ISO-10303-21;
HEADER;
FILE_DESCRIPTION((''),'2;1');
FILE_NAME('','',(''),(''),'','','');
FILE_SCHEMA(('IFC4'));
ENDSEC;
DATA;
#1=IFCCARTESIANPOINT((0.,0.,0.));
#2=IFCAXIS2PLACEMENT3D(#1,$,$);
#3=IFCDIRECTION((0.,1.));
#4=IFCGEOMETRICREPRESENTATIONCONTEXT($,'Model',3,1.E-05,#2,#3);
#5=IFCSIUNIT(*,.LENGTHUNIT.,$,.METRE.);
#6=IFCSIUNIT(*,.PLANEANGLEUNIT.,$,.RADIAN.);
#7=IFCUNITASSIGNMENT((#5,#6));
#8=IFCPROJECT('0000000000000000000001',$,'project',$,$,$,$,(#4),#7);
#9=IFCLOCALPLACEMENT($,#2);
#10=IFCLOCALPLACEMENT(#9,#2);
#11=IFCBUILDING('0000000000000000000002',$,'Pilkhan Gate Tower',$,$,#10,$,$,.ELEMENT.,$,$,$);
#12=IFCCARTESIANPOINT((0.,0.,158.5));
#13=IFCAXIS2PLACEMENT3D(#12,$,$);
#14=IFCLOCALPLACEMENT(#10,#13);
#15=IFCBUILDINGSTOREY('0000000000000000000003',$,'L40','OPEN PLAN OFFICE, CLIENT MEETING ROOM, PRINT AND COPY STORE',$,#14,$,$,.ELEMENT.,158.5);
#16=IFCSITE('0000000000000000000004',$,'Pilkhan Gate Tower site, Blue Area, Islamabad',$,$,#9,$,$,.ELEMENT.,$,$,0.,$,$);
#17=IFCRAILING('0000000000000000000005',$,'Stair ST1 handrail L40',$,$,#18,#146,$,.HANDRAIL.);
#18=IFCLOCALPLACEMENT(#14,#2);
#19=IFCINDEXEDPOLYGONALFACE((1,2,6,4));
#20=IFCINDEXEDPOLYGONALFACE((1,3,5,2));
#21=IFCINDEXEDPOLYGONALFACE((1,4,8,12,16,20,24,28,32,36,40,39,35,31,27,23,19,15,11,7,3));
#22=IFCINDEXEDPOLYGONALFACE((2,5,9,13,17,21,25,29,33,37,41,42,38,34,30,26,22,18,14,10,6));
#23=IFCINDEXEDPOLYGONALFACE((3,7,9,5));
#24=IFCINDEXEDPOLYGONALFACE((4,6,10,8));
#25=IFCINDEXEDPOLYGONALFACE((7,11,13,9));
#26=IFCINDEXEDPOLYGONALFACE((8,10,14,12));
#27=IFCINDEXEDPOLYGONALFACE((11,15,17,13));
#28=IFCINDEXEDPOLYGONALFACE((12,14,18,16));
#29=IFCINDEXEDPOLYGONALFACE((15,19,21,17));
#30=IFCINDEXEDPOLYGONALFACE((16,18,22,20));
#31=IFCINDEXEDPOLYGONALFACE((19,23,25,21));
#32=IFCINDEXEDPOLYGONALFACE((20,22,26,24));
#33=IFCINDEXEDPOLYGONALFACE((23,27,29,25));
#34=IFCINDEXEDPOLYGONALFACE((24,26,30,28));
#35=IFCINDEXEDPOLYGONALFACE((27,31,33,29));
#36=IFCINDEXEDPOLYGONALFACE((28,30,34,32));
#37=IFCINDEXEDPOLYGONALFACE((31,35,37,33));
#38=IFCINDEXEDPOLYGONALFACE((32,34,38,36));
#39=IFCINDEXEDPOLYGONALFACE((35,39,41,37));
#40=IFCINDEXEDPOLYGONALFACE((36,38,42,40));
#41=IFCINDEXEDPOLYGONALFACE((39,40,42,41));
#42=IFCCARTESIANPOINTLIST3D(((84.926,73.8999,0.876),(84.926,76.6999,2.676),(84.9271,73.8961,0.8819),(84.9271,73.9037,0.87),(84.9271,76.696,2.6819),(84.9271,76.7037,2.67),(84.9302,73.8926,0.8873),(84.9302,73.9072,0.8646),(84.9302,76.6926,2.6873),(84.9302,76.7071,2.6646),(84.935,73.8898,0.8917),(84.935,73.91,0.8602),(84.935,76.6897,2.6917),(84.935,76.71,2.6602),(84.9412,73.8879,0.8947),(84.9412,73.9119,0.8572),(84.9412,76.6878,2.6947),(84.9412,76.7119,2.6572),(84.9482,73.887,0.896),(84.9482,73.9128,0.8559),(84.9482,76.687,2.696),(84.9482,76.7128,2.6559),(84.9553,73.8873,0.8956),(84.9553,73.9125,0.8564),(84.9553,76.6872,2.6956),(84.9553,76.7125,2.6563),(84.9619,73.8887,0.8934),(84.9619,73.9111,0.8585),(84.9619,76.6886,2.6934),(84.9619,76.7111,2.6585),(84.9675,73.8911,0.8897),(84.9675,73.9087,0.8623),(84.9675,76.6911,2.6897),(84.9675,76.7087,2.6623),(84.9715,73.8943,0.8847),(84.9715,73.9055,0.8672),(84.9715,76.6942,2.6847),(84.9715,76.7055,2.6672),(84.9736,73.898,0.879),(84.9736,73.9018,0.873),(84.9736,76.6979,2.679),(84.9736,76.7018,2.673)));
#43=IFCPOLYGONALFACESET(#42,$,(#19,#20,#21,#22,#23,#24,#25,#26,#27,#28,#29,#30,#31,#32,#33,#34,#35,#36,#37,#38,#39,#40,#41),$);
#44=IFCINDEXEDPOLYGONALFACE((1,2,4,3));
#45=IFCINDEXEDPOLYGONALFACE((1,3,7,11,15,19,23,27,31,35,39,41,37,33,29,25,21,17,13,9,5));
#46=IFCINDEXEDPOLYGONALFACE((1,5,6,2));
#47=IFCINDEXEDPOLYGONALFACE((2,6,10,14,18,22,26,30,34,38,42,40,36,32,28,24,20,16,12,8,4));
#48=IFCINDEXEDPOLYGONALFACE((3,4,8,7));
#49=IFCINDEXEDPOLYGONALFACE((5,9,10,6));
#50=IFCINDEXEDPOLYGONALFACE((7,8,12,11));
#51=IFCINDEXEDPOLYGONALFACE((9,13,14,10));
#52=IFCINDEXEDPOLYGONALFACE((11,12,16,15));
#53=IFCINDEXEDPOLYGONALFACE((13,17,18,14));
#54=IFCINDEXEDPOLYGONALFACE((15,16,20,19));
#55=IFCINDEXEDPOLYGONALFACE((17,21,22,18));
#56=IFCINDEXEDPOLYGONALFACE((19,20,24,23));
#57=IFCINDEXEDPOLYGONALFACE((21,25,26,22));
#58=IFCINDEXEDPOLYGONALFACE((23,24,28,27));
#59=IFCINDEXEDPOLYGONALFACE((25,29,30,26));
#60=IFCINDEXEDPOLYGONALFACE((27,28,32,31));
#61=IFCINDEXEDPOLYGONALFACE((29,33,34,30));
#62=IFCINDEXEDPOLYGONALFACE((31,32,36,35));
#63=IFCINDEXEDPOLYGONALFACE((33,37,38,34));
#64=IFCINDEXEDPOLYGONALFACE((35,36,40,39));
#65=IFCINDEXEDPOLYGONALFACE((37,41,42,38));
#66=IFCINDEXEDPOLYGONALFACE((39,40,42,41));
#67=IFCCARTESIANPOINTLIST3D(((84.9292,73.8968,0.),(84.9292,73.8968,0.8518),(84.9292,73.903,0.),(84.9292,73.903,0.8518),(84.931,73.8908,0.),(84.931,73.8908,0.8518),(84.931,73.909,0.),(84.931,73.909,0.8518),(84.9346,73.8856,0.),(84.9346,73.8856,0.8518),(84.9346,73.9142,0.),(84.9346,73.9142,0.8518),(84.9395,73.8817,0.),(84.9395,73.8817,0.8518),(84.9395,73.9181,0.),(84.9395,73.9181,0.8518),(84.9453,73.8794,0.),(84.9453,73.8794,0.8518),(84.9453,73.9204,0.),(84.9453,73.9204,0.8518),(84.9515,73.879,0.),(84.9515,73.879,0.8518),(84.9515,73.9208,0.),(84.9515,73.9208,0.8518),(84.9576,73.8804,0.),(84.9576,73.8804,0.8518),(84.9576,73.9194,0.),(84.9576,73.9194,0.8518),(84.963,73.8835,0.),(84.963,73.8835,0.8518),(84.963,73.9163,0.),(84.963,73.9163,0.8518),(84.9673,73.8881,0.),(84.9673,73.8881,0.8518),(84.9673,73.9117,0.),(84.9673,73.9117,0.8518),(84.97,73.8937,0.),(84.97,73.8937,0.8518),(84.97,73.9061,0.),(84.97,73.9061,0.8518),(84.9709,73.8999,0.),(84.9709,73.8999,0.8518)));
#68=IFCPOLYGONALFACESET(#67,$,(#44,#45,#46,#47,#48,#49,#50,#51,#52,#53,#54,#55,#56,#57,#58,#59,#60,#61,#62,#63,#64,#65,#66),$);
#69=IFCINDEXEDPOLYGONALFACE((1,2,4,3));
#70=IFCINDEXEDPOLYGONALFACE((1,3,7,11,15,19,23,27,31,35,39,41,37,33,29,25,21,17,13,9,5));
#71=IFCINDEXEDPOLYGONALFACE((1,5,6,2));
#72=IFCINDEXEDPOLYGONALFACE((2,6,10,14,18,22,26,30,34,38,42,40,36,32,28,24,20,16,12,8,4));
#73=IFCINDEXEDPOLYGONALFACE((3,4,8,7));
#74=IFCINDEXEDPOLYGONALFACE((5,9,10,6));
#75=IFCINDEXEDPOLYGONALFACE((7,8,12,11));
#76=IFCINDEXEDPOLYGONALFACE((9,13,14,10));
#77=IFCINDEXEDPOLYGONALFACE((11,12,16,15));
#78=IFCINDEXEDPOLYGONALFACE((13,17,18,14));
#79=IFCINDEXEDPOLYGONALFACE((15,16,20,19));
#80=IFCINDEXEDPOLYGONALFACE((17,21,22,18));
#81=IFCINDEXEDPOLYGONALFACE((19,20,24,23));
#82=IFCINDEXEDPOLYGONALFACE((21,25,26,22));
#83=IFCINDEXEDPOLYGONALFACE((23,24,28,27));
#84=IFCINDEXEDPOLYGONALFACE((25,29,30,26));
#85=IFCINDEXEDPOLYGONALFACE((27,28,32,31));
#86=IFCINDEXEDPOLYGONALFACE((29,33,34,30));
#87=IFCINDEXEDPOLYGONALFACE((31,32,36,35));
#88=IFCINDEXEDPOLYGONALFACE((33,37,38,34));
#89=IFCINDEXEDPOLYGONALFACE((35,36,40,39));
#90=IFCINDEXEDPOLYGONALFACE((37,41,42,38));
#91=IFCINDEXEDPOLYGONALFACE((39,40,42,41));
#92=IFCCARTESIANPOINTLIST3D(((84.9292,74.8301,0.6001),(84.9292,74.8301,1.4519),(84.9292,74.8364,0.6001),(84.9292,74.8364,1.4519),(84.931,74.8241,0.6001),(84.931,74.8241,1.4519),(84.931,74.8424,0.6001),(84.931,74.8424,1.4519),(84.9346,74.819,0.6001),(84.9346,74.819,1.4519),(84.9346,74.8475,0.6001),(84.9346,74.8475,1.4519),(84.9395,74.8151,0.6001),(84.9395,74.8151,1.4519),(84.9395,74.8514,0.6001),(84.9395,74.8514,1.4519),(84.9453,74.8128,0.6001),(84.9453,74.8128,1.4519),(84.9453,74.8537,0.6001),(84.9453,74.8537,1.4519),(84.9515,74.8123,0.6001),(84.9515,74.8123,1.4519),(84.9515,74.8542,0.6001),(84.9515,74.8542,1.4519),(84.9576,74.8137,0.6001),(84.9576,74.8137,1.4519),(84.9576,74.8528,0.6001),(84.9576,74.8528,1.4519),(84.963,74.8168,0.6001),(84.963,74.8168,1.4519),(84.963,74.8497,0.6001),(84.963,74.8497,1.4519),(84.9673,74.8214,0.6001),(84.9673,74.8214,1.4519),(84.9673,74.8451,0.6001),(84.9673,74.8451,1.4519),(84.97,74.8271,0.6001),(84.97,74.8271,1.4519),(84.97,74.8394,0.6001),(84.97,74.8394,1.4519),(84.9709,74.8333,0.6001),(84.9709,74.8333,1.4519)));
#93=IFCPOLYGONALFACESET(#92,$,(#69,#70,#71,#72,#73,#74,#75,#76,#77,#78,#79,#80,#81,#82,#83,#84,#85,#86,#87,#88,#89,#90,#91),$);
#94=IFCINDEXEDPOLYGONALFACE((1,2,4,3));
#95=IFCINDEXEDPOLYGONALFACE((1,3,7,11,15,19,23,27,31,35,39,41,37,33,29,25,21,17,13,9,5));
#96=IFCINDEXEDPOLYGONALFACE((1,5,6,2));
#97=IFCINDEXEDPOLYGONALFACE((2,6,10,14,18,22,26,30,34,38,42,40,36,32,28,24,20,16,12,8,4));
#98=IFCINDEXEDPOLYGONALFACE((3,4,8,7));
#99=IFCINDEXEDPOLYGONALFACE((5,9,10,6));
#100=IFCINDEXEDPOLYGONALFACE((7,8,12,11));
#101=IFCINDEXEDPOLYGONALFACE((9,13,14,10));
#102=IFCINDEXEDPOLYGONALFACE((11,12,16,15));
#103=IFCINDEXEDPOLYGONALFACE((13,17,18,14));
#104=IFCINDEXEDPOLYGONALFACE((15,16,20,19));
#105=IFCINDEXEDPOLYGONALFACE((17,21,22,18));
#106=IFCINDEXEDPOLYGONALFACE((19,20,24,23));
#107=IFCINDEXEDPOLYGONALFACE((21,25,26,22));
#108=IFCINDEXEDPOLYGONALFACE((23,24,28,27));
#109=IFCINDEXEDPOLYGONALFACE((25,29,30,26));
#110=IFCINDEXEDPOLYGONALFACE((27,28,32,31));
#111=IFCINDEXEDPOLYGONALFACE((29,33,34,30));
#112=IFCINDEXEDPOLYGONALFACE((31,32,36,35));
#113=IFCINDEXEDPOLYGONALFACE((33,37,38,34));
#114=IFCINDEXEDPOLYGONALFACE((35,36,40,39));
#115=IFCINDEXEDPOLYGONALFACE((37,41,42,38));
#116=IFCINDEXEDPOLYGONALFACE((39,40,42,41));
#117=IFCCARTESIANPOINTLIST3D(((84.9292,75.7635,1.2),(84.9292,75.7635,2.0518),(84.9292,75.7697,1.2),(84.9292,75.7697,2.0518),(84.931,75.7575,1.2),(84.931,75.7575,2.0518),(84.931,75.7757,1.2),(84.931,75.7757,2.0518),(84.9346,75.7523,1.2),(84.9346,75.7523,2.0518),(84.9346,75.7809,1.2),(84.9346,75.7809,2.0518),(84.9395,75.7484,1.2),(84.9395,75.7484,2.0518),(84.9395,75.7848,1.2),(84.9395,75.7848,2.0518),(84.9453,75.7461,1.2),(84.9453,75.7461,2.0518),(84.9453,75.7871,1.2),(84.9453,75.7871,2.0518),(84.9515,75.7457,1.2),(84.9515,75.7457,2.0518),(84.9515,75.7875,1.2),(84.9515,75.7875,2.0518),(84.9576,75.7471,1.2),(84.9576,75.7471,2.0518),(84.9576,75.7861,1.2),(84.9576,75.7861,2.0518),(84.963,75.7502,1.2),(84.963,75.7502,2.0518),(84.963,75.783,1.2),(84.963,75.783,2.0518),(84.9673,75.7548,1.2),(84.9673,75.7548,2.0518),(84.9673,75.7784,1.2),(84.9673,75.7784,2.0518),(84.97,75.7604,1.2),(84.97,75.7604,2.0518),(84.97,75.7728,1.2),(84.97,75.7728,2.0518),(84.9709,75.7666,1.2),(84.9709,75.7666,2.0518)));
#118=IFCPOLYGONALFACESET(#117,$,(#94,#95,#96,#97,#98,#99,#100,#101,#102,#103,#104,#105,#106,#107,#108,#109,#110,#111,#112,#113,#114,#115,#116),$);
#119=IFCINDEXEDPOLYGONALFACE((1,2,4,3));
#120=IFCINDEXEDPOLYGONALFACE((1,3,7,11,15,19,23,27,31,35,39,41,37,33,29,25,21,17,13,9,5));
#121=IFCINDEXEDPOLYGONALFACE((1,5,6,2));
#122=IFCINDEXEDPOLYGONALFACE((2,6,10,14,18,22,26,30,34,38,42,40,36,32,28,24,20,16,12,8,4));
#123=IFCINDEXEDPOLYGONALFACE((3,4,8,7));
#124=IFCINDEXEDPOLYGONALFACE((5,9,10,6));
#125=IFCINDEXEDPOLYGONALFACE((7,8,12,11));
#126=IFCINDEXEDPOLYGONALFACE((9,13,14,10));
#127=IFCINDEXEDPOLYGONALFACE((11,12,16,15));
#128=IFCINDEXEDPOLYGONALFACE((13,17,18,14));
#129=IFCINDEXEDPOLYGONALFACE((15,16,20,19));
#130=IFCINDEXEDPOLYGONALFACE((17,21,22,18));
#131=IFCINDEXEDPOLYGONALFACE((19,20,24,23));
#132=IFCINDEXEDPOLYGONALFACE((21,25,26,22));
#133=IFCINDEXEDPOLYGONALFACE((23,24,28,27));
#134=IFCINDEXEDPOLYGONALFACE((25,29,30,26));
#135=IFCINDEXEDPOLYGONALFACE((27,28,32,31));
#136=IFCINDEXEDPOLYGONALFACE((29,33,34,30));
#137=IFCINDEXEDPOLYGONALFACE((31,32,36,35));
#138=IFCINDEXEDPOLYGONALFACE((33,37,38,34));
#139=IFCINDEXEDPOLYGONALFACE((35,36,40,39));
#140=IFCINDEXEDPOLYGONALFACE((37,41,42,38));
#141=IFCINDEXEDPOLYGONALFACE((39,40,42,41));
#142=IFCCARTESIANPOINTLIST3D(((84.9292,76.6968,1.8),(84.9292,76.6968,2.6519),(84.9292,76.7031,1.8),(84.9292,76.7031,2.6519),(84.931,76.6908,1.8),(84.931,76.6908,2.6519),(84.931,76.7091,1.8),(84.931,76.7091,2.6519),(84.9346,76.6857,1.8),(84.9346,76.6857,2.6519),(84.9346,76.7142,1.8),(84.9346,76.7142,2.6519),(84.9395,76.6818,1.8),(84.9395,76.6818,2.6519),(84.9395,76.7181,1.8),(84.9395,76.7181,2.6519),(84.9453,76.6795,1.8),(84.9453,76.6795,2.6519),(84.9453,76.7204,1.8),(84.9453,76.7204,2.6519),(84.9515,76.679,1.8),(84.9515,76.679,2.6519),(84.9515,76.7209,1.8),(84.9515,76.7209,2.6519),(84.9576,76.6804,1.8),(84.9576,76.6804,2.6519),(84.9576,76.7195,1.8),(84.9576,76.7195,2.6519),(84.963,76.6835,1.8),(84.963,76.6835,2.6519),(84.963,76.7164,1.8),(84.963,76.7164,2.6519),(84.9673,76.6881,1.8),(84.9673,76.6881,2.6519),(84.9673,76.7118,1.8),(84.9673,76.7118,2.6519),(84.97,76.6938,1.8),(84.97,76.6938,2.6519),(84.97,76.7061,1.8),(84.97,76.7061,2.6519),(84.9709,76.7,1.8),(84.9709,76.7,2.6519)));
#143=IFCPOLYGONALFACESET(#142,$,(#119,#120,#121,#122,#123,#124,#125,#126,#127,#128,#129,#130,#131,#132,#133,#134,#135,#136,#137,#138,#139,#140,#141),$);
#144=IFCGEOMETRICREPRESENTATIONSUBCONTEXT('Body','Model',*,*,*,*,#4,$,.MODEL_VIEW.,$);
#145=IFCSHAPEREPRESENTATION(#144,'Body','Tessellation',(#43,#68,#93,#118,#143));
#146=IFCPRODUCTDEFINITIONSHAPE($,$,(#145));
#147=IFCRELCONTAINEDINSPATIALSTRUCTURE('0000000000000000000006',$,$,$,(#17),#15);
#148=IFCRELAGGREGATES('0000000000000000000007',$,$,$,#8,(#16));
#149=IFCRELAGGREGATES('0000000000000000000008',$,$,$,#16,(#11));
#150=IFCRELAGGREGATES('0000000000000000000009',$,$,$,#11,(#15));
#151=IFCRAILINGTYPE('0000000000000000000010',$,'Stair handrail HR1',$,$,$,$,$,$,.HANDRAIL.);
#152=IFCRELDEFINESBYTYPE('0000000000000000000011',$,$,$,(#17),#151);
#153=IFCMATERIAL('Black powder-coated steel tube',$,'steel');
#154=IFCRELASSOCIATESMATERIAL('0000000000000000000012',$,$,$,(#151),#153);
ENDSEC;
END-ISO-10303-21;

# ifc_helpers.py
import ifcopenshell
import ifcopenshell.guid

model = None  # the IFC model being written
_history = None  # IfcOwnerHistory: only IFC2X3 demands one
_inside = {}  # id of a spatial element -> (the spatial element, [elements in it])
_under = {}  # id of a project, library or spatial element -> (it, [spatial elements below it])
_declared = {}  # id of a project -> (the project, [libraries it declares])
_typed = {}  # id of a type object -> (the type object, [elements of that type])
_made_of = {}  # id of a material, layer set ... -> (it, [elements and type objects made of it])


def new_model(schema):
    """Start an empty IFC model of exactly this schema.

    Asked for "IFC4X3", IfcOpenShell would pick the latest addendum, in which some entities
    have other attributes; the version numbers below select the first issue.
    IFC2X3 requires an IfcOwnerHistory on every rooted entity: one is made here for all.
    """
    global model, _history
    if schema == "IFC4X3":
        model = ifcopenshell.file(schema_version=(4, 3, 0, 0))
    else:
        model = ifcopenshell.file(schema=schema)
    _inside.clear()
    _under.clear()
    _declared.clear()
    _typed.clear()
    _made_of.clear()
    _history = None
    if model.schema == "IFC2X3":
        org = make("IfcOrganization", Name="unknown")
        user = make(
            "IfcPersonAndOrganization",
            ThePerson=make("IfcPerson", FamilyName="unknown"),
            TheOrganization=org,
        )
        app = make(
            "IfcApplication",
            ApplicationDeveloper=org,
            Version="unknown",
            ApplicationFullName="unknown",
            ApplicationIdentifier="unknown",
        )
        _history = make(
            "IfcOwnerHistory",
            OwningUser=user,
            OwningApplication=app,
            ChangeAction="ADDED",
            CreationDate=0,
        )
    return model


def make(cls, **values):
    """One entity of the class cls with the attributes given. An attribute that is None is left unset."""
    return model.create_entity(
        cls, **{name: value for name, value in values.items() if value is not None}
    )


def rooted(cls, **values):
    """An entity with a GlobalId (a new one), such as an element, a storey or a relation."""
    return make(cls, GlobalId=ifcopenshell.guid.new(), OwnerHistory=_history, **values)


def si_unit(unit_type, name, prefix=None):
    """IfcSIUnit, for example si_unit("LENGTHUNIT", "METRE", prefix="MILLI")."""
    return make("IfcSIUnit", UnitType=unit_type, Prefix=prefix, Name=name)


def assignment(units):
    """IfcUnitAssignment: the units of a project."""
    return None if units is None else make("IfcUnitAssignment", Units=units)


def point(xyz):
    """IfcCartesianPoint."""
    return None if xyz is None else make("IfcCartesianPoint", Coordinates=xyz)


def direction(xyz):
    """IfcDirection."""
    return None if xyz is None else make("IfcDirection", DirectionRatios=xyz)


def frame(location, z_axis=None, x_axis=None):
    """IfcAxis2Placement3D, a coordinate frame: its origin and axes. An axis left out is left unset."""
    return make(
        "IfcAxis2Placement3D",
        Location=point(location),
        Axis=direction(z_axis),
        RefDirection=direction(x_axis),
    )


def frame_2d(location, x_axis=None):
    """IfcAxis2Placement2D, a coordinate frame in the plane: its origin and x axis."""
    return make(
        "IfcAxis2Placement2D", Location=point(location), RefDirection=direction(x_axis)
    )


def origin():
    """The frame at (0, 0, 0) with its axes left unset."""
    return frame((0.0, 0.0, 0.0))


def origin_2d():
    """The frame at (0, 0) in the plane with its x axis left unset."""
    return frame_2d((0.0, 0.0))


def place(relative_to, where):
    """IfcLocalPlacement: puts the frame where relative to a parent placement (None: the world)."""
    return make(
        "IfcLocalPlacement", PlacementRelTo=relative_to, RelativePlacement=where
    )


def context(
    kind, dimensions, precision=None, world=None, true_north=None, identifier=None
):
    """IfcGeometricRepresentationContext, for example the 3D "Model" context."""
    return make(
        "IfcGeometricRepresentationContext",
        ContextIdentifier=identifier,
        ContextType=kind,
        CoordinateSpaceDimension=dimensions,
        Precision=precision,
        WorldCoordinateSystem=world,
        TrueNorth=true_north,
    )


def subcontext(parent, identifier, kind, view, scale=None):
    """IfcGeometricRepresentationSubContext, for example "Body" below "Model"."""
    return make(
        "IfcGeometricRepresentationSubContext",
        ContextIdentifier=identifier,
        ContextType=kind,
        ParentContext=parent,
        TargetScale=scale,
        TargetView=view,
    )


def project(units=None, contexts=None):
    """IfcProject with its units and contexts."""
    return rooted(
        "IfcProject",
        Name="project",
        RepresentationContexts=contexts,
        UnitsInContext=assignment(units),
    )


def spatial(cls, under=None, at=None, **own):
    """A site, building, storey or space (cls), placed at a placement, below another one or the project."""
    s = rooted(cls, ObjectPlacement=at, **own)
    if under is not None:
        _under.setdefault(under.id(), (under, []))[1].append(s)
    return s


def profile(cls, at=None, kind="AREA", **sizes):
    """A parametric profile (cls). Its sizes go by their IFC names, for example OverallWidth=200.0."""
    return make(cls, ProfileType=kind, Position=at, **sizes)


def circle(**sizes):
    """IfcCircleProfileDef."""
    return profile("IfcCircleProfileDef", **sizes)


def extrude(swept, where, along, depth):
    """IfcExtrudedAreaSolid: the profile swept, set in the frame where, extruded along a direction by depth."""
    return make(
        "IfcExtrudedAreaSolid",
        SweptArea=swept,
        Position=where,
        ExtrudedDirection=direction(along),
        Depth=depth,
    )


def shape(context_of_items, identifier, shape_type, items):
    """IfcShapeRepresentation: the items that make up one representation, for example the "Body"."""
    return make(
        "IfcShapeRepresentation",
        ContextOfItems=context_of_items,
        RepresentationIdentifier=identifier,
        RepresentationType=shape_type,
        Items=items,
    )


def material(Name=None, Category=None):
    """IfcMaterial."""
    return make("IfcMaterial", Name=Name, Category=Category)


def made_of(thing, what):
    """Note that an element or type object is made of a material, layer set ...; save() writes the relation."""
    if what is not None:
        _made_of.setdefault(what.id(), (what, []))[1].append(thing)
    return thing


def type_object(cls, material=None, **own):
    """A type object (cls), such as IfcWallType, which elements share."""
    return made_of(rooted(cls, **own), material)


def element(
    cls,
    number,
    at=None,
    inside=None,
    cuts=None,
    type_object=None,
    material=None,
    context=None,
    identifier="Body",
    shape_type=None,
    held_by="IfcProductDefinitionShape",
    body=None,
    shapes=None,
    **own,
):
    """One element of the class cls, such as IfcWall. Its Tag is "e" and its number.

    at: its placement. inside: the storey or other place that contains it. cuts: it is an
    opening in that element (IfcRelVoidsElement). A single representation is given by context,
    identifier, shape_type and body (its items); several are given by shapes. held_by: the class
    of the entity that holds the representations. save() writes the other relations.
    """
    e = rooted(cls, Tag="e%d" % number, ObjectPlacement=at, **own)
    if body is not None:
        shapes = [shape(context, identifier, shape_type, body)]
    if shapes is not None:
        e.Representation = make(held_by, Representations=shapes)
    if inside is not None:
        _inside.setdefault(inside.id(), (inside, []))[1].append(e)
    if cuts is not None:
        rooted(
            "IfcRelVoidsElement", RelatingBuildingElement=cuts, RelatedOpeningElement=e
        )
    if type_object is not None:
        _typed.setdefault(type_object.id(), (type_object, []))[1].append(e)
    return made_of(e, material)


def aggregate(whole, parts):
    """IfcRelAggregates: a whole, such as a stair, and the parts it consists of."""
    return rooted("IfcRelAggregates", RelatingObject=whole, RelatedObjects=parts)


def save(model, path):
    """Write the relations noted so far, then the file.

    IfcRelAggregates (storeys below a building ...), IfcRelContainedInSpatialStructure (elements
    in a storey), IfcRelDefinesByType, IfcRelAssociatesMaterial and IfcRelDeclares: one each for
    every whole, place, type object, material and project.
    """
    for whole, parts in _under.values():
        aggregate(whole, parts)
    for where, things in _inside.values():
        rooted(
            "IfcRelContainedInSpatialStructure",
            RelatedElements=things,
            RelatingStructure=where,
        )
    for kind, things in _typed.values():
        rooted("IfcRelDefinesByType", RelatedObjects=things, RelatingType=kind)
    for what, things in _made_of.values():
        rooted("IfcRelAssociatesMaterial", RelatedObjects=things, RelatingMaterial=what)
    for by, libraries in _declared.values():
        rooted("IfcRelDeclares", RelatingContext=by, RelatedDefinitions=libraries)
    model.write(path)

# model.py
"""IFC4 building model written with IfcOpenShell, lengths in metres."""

from ifc_helpers import new_model, si_unit, direction, frame, origin, origin_2d, place, context, subcontext, project, spatial, circle, extrude, material, type_object, element, save


model = new_model("IFC4")

# Units and contexts
model_context = context("Model", 3, precision=1e-05, world=origin(), true_north=direction((0.0, 1.0)))
body_context = subcontext(model_context, "Body", "Model", "MODEL_VIEW")
ifc_project = project(units=[si_unit("LENGTHUNIT", "METRE"), si_unit("PLANEANGLEUNIT", "RADIAN")], contexts=[model_context])

# Site, building, storey
site_placement = place(None, origin())
site = spatial("IfcSite", under=ifc_project, at=site_placement, Name="Pilkhan Gate Tower site, Blue Area, Islamabad", CompositionType="ELEMENT", RefElevation=0.0)
building_placement = place(site_placement, origin())
building = spatial("IfcBuilding", under=site, at=building_placement, Name="Pilkhan Gate Tower", CompositionType="ELEMENT")
storey_placement = place(building_placement, frame((0.0, 0.0, 158.5)))
storey = spatial("IfcBuildingStorey", under=building, at=storey_placement, Name="L40", Description="OPEN PLAN OFFICE, CLIENT MEETING ROOM, PRINT AND COPY STORE", CompositionType="ELEMENT", Elevation=158.5)

# Railing
ifc_material_1 = material(Name="Black powder-coated steel tube", Category="steel")
railing_type_1 = type_object("IfcRailingType", Name="Stair handrail HR1", PredefinedType="HANDRAIL", material=ifc_material_1)
railing_1_placement = place(storey_placement, frame((84.95, 73.8999, 0.0)))
element("IfcRailing", 1, at=railing_1_placement, inside=storey, type_object=railing_type_1, Name="Stair ST1 handrail L40", PredefinedType="HANDRAIL", context=body_context, shape_type="SweptSolid", body=[
    extrude(circle(Radius=0.0239, at=origin_2d()), frame((0.0, 0.0, 0.876), z_axis=(0.0, 0.841176, 0.540761), x_axis=(-1.0, 0.0, 0.0)), (0.0, 0.0, 1.0), 3.3286),
    extrude(circle(Radius=0.021, at=origin_2d()), origin(), (0.0, 0.0, 1.0), 0.8518),
    extrude(circle(Radius=0.021, at=origin_2d()), frame((0.0, 0.9333, 0.6001)), (0.0, 0.0, 1.0), 0.8518),
    extrude(circle(Radius=0.021, at=origin_2d()), frame((0.0, 1.8667, 1.2)), (0.0, 0.0, 1.0), 0.8518),
    extrude(circle(Radius=0.021, at=origin_2d()), frame((0.0, 2.8, 1.8)), (0.0, 0.0, 1.0), 0.8518),
])

save(model, "model.ifc")
